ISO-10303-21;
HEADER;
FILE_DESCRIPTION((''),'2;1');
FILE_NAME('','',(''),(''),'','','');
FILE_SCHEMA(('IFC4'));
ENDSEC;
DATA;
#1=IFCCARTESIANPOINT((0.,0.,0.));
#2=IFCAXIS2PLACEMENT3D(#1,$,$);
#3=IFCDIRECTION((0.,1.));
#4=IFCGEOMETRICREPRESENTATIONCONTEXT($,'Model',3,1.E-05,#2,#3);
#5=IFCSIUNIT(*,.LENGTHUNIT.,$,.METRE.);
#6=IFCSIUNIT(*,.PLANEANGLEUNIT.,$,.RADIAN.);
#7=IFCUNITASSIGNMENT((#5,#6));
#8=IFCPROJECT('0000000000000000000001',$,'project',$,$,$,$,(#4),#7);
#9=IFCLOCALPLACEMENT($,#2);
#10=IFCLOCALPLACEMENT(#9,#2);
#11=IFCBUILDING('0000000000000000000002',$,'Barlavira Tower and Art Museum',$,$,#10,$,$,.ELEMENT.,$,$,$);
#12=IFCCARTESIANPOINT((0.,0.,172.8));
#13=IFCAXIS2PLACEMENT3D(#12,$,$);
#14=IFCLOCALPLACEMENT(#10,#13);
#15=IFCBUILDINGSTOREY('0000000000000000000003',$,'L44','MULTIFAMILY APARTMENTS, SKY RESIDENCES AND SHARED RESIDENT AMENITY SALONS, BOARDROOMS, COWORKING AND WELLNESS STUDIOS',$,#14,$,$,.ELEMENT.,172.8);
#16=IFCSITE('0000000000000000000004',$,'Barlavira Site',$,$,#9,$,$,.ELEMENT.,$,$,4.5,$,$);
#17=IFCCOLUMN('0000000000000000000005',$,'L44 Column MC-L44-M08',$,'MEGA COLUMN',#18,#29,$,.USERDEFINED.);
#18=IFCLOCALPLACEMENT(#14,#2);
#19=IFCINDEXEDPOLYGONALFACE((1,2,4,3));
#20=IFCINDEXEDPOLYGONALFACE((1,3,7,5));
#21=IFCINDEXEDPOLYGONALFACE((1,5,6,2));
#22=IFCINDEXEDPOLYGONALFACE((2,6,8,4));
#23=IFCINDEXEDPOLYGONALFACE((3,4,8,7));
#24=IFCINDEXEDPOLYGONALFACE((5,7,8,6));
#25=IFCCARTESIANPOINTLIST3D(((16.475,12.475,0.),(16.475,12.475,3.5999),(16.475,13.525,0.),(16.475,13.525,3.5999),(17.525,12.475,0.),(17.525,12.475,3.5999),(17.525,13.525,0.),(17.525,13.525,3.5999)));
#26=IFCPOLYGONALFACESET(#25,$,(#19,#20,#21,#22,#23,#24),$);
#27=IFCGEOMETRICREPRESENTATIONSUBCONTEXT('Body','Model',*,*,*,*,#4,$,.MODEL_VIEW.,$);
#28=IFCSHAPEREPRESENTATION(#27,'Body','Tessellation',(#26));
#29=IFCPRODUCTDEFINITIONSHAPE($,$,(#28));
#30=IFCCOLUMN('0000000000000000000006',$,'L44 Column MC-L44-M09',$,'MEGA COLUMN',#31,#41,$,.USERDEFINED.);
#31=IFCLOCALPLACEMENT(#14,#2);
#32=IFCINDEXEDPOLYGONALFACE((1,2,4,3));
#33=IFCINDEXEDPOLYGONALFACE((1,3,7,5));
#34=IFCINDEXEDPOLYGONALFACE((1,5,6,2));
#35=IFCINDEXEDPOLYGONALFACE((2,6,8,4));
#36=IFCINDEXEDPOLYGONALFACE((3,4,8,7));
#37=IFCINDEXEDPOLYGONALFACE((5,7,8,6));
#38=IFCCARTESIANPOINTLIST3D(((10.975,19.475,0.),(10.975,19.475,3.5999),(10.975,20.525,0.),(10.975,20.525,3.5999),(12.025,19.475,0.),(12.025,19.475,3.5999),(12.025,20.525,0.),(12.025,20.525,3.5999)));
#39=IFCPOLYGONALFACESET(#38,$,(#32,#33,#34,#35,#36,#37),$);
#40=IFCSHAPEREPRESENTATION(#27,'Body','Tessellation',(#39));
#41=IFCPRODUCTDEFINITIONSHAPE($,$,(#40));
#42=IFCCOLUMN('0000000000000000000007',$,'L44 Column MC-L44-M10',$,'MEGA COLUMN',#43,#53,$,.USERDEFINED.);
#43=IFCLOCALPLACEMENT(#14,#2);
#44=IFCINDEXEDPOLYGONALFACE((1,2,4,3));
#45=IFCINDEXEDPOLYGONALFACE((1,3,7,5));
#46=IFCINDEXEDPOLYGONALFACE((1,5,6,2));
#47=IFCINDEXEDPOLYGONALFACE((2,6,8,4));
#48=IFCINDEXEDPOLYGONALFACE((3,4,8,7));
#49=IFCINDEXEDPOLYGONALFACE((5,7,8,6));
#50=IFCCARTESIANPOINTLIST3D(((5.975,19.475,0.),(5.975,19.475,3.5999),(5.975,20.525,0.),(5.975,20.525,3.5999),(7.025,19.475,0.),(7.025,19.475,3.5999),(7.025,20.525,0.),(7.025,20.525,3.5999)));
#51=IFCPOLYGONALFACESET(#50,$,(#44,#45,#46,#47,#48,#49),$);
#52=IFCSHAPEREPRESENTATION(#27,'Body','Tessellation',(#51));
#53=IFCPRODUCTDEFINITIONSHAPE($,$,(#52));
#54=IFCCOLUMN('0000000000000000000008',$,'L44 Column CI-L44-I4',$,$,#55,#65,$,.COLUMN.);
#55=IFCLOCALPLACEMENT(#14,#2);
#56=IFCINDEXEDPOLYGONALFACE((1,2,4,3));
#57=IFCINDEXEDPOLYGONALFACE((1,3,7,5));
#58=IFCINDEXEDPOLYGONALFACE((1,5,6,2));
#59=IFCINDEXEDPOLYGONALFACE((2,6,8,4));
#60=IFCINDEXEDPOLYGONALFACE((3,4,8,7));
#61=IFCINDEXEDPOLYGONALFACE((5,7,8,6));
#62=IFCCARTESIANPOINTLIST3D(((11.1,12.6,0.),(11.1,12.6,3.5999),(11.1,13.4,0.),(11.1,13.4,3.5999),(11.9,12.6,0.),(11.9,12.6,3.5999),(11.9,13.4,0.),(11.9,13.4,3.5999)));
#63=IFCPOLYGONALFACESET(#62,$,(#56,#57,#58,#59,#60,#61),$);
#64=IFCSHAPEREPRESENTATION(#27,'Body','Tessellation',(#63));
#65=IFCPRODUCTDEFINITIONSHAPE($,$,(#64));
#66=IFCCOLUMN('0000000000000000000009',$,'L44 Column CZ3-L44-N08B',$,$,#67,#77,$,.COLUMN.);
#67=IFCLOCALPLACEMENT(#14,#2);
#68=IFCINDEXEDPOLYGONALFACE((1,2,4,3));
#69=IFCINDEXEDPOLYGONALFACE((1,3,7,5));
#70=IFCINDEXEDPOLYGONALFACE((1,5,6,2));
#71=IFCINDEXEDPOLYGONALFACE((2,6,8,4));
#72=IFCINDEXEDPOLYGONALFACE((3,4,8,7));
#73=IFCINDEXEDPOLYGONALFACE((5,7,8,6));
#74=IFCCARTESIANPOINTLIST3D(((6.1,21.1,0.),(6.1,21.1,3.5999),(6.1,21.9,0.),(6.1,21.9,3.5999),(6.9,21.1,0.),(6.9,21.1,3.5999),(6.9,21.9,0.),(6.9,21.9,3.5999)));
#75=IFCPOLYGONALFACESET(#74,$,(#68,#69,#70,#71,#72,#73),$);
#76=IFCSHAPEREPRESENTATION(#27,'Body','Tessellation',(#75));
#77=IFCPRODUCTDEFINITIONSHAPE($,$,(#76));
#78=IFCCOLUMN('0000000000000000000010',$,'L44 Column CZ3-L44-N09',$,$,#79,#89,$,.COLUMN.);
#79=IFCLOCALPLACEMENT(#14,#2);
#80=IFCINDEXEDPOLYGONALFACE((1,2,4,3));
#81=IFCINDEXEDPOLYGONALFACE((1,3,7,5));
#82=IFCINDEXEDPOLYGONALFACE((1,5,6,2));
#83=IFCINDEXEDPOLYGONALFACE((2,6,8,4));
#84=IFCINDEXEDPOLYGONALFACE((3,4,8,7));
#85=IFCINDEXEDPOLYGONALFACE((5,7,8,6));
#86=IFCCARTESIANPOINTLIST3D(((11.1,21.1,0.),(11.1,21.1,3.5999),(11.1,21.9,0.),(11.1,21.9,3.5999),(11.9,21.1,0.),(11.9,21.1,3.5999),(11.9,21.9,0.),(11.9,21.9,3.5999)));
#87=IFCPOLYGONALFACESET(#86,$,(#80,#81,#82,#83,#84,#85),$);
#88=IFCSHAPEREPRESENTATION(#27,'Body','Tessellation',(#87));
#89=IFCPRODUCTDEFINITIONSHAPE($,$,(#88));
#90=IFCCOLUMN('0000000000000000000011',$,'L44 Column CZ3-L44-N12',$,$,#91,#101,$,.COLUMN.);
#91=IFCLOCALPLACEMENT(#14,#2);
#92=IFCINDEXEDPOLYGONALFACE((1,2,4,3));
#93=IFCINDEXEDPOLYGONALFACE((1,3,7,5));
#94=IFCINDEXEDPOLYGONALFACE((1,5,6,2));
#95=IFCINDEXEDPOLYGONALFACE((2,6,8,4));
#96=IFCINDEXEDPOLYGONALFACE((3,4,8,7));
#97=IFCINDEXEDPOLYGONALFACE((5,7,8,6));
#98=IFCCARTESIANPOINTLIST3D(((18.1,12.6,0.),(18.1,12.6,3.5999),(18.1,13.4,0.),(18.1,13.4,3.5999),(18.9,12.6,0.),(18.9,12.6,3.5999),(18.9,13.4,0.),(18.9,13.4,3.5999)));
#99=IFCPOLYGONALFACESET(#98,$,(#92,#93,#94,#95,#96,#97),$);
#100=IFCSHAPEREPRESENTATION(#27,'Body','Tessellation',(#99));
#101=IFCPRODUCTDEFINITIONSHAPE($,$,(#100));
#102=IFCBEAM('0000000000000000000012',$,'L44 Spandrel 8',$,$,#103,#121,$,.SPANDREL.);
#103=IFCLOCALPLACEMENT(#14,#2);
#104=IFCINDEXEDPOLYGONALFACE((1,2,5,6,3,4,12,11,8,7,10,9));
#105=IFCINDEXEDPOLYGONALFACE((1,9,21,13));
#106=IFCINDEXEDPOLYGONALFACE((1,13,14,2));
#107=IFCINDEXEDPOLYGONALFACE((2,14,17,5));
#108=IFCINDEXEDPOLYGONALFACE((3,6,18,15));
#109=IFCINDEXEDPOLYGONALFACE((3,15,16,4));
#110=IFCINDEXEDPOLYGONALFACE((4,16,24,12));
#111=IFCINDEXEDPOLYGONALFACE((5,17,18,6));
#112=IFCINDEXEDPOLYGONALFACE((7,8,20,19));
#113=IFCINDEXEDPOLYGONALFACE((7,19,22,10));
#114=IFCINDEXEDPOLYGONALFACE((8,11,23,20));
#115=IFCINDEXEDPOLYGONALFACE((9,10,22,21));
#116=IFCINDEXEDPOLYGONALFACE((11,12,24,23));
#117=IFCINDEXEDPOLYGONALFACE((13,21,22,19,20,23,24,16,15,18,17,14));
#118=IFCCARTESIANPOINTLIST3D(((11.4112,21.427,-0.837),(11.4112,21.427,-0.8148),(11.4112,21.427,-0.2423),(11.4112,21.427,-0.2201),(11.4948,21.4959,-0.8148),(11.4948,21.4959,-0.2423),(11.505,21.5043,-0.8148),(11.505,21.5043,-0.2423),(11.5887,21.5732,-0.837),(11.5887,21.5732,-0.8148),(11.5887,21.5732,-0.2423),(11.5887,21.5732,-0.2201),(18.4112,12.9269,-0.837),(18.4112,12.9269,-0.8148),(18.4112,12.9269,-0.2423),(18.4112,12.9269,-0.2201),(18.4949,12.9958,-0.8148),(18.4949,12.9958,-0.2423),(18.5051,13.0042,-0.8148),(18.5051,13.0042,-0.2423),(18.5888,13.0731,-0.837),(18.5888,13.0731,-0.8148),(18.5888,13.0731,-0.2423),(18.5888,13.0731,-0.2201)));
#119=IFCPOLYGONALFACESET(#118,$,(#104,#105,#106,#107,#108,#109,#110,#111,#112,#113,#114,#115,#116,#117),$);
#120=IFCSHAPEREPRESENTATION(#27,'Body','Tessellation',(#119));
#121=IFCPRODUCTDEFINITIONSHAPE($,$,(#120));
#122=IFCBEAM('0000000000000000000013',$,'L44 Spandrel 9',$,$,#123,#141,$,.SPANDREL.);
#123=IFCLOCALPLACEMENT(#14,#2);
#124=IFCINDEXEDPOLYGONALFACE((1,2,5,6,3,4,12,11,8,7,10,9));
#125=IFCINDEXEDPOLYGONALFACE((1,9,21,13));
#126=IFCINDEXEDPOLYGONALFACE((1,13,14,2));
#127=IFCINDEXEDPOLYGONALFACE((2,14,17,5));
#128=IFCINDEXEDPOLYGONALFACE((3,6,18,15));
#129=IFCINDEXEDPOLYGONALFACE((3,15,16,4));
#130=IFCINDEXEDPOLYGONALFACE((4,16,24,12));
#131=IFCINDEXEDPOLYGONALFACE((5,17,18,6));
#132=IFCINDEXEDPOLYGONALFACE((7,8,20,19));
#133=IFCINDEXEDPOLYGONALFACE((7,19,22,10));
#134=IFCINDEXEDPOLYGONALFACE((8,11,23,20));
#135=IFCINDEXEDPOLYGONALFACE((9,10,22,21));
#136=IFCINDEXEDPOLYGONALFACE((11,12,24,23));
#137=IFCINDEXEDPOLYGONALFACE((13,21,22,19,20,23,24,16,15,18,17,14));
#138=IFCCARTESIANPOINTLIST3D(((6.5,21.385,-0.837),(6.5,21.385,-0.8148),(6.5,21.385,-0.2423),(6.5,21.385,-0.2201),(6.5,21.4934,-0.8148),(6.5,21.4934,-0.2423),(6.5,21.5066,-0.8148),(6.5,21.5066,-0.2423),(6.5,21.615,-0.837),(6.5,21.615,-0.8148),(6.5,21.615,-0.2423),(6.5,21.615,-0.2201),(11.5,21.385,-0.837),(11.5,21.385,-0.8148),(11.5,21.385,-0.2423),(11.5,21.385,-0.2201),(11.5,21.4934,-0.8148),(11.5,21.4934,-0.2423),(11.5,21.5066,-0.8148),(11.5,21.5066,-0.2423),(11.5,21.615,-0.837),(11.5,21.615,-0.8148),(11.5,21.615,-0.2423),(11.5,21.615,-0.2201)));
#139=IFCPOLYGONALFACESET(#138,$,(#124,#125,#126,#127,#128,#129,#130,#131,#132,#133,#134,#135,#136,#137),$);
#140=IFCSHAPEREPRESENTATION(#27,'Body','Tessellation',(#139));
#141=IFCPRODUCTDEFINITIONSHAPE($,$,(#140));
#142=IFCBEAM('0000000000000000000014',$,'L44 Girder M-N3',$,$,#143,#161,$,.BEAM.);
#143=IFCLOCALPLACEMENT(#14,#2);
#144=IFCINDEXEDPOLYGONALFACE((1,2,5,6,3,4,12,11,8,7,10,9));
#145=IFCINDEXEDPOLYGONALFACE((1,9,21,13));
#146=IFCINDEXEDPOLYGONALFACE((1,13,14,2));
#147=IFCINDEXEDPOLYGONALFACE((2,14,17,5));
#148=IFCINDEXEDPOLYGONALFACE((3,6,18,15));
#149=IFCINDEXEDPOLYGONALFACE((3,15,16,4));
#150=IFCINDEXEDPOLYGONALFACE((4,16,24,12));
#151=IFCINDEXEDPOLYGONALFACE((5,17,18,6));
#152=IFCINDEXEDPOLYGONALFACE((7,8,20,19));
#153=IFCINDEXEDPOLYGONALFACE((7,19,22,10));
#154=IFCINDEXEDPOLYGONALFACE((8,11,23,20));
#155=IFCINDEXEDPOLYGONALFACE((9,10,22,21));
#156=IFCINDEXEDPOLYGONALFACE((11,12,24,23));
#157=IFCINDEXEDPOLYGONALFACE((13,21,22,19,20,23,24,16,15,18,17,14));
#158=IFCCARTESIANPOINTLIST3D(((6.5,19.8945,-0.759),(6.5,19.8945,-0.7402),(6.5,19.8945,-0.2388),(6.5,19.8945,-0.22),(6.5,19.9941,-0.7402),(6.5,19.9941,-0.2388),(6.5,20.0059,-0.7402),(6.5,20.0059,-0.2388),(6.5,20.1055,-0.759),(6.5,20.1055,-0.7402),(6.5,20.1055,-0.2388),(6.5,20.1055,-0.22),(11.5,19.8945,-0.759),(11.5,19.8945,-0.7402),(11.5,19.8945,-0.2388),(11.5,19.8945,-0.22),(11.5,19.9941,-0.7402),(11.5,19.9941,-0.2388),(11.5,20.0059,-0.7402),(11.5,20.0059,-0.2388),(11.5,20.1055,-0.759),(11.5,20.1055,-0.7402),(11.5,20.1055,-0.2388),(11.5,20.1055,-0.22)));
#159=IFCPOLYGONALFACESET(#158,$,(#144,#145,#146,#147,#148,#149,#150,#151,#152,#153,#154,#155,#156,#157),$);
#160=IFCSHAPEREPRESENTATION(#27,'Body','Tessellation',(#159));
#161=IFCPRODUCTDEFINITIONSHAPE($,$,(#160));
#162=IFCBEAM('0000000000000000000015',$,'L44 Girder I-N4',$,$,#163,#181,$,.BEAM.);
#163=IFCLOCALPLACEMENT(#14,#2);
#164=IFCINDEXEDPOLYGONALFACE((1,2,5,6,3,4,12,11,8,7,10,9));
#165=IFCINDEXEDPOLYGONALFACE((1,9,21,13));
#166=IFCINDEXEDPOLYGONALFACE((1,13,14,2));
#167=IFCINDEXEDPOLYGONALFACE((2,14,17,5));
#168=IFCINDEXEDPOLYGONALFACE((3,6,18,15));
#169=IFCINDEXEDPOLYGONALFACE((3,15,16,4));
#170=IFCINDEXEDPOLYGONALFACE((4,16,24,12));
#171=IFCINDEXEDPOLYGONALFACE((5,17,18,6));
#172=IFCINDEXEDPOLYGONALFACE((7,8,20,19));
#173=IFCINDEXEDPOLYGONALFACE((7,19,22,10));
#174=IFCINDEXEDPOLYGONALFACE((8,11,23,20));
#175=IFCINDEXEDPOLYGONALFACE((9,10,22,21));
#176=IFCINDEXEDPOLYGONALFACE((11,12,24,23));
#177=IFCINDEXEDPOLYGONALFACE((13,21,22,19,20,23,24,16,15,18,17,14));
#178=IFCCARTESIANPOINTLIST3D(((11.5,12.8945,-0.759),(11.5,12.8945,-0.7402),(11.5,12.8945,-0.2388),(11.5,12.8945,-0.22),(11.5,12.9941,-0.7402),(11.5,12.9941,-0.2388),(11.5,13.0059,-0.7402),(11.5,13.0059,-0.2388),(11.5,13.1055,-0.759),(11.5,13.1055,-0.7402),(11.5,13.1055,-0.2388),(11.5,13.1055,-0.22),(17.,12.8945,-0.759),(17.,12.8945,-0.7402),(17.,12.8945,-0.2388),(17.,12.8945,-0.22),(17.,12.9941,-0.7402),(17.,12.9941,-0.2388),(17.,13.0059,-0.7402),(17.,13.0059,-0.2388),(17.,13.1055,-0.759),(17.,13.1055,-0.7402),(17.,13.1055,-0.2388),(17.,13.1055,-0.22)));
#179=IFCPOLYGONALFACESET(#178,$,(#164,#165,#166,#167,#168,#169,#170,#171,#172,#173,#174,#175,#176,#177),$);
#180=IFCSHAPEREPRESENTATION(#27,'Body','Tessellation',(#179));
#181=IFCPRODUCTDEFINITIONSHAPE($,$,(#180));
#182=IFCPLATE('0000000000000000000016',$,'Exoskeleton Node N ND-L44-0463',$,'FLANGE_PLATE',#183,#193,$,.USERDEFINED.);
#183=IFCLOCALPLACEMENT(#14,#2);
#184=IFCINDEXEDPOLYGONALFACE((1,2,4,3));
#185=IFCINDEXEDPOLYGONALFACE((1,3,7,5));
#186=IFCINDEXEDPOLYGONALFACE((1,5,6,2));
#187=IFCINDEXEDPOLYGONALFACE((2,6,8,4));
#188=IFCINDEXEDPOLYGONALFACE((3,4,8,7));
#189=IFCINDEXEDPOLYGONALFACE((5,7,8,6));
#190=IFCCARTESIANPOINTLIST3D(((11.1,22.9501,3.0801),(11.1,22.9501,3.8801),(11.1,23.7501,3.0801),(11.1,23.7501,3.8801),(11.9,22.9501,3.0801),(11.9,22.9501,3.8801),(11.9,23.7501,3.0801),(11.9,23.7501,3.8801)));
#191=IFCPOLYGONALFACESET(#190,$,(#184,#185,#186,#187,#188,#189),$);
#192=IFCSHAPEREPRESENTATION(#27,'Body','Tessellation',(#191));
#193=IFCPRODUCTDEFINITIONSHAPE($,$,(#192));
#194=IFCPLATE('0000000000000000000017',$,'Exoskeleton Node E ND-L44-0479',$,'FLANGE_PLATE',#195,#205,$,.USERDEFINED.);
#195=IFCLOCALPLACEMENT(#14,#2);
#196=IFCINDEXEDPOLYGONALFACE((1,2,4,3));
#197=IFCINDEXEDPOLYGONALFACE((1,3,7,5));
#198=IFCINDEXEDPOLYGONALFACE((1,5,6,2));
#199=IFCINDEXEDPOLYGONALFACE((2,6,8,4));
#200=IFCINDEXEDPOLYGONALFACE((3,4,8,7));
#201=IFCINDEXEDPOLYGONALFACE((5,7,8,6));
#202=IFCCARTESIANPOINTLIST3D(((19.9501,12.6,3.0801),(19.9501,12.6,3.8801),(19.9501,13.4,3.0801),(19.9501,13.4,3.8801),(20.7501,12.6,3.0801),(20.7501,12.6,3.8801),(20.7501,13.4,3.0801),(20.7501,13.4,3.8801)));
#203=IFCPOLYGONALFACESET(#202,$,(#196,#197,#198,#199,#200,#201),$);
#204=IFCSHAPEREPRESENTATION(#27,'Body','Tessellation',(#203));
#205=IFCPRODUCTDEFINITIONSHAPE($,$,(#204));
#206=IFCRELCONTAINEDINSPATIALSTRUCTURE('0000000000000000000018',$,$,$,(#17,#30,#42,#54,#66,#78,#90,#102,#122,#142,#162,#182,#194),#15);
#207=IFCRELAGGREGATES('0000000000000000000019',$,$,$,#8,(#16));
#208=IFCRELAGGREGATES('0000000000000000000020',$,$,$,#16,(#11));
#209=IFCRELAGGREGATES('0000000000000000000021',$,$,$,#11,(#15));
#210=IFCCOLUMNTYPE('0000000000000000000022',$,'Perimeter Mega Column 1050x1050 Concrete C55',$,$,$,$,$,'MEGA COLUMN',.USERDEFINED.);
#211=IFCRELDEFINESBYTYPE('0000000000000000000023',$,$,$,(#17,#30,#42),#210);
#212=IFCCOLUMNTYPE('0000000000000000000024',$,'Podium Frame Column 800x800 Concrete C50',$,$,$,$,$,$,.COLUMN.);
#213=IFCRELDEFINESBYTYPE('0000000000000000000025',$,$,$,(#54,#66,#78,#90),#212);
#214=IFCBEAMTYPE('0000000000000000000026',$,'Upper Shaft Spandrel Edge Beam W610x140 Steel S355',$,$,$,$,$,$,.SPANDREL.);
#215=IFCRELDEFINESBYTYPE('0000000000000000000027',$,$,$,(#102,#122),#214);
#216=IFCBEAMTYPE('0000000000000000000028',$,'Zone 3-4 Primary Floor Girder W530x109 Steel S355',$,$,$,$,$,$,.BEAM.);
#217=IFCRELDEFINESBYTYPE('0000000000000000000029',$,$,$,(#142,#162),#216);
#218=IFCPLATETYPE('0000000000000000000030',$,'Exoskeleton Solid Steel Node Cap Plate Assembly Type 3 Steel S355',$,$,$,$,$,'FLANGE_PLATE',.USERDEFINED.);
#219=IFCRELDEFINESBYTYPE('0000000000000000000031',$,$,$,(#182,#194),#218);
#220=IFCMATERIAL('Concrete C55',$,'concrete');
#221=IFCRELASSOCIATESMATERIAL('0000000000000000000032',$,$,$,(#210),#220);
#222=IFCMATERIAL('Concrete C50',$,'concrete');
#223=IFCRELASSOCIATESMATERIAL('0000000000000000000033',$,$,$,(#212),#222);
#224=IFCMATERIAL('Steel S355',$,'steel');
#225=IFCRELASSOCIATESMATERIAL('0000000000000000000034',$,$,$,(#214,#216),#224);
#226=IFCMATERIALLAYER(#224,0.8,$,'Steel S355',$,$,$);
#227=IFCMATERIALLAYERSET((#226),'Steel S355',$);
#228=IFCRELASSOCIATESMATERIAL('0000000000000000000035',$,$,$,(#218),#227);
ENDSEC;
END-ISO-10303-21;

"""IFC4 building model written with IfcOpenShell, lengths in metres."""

from ifc_helpers import new_model, si_unit, direction, frame, origin, origin_2d, place, context, subcontext, project, spatial, rectangle, i_section, extrude, material, layer, layer_set, material_profile, profile_set, type_object, element, save


model = new_model("IFC4")

# Units and contexts
model_context = context("Model", 3, precision=1e-05, world=origin(), true_north=direction((0.0, 1.0)))
body_context = subcontext(model_context, "Body", "Model", "MODEL_VIEW")
ifc_project = project(units=[si_unit("LENGTHUNIT", "METRE"), si_unit("PLANEANGLEUNIT", "RADIAN")], contexts=[model_context])

# Site, building, storey
site_placement = place(None, origin())
site = spatial("IfcSite", under=ifc_project, at=site_placement, Name="Barlavira Site", CompositionType="ELEMENT", RefElevation=4.5)
building_placement = place(site_placement, origin())
building = spatial("IfcBuilding", under=site, at=building_placement, Name="Barlavira Tower and Art Museum", CompositionType="ELEMENT")
storey_placement = place(building_placement, frame((0.0, 0.0, 172.8)))
storey = spatial("IfcBuildingStorey", under=building, at=storey_placement, Name="L44", Description="MULTIFAMILY APARTMENTS, SKY RESIDENCES AND SHARED RESIDENT AMENITY SALONS, BOARDROOMS, COWORKING AND WELLNESS STUDIOS", CompositionType="ELEMENT", Elevation=172.8)

# Columns
ifc_material_1 = material(Name="Concrete C55", Category="concrete")
ifc_material_profile_1 = material_profile(ifc_material_1, rectangle(XDim=1.05, YDim=1.05, at=origin_2d()), Name="RC-COL 1050x1050")
ifc_profile_set_1 = profile_set([ifc_material_profile_1], Name="Concrete C55")
column_type_1 = type_object("IfcColumnType", Name="Perimeter Mega Column 1050x1050 Concrete C55", ElementType="MEGA COLUMN", PredefinedType="USERDEFINED", material=ifc_profile_set_1)
for number, where, z_axis, x_axis, name in (
    (1, (17.0, 13.0, 0.0), (0.0, 0.0, 1.0), (1.0, 0.0, 0.0), "L44 Column MC-L44-M08"),
    (2, (11.5, 20.0, 0.0), (0.0, 0.0, 1.0), (1.0, 0.0, 0.0), "L44 Column MC-L44-M09"),
    (3, (6.5, 20.0, 0.0), (0.0, 0.0, 1.0), (1.0, 0.0, 0.0), "L44 Column MC-L44-M10"),
):
    element("IfcColumn", number, at=place(storey_placement, frame(where, z_axis=z_axis, x_axis=x_axis)), inside=storey, type_object=column_type_1, Name=name, ObjectType="MEGA COLUMN", PredefinedType="USERDEFINED", context=body_context, shape_type="SweptSolid", body=[
        extrude(rectangle(XDim=1.05, YDim=1.05, at=origin_2d()), origin(), (0.0, 0.0, 1.0), 3.5999),
    ])
ifc_material_2 = material(Name="Concrete C50", Category="concrete")
ifc_material_profile_2 = material_profile(ifc_material_2, rectangle(XDim=0.8, YDim=0.8, at=origin_2d()), Name="RC-COL 800x800")
ifc_profile_set_2 = profile_set([ifc_material_profile_2], Name="Concrete C50")
column_type_2 = type_object("IfcColumnType", Name="Podium Frame Column 800x800 Concrete C50", PredefinedType="COLUMN", material=ifc_profile_set_2)
for number, where, z_axis, x_axis, name in (
    (4, (11.5, 13.0, 0.0), (0.0, 0.0, 1.0), (1.0, 0.0, 0.0), "L44 Column CI-L44-I4"),
    (5, (6.5, 21.5, 0.0), (0.0, 0.0, 1.0), (1.0, 0.0, 0.0), "L44 Column CZ3-L44-N08B"),
    (6, (11.5, 21.5, 0.0), (0.0, 0.0, 1.0), (1.0, 0.0, 0.0), "L44 Column CZ3-L44-N09"),
    (7, (18.5, 13.0, 0.0), (0.0, 0.0, 1.0), (1.0, 0.0, 0.0), "L44 Column CZ3-L44-N12"),
):
    element("IfcColumn", number, at=place(storey_placement, frame(where, z_axis=z_axis, x_axis=x_axis)), inside=storey, type_object=column_type_2, Name=name, PredefinedType="COLUMN", context=body_context, shape_type="SweptSolid", body=[
        extrude(rectangle(XDim=0.8, YDim=0.8, at=origin_2d()), origin(), (0.0, 0.0, 1.0), 3.5999),
    ])

# Beams
ifc_material_3 = material(Name="Steel S355", Category="steel")
ifc_material_profile_3 = material_profile(ifc_material_3, i_section(OverallWidth=0.23, OverallDepth=0.6169, WebThickness=0.0132, FlangeThickness=0.0222, at=origin_2d()), Name="W610x140.0")
ifc_profile_set_3 = profile_set([ifc_material_profile_3], Name="Steel S355")
beam_type_1 = type_object("IfcBeamType", Name="Upper Shaft Spandrel Edge Beam W610x140 Steel S355", PredefinedType="SPANDREL", material=ifc_profile_set_3)
beam_1_placement = place(storey_placement, frame((18.5, 13.0, -0.5286), z_axis=(-0.635707, 0.77193, 0.0), x_axis=(-0.77193, -0.635707, 0.0)))
element("IfcBeam", 8, at=beam_1_placement, inside=storey, type_object=beam_type_1, Name="L44 Spandrel 8", PredefinedType="SPANDREL", context=body_context, shape_type="SweptSolid", body=[
    extrude(i_section(OverallWidth=0.23, OverallDepth=0.6169, WebThickness=0.0132, FlangeThickness=0.0222, at=origin_2d()), origin(), (0.0, 0.0, 1.0), 11.0115),
])
beam_2_placement = place(storey_placement, frame((6.5, 21.5, -0.5286), z_axis=(1.0, 0.0, 0.0), x_axis=(0.0, 1.0, 0.0)))
element("IfcBeam", 9, at=beam_2_placement, inside=storey, type_object=beam_type_1, Name="L44 Spandrel 9", PredefinedType="SPANDREL", context=body_context, shape_type="SweptSolid", body=[
    extrude(i_section(OverallWidth=0.23, OverallDepth=0.6169, WebThickness=0.0132, FlangeThickness=0.0222, at=origin_2d()), origin(), (0.0, 0.0, 1.0), 5.0),
])
ifc_material_profile_4 = material_profile(ifc_material_3, i_section(OverallWidth=0.2109, OverallDepth=0.5391, WebThickness=0.0117, FlangeThickness=0.0188, at=origin_2d()), Name="W530x109.0")
ifc_profile_set_4 = profile_set([ifc_material_profile_4], Name="Steel S355")
beam_type_2 = type_object("IfcBeamType", Name="Zone 3-4 Primary Floor Girder W530x109 Steel S355", PredefinedType="BEAM", material=ifc_profile_set_4)
beam_3_placement = place(storey_placement, frame((6.5, 20.0, -0.4895), z_axis=(1.0, 0.0, 0.0), x_axis=(0.0, 1.0, 0.0)))
element("IfcBeam", 10, at=beam_3_placement, inside=storey, type_object=beam_type_2, Name="L44 Girder M-N3", PredefinedType="BEAM", context=body_context, shape_type="SweptSolid", body=[
    extrude(i_section(OverallWidth=0.2109, OverallDepth=0.5391, WebThickness=0.0117, FlangeThickness=0.0188, at=origin_2d()), origin(), (0.0, 0.0, 1.0), 5.0),
])
beam_4_placement = place(storey_placement, frame((11.5, 13.0, -0.4895), z_axis=(1.0, 0.0, 0.0), x_axis=(0.0, 1.0, 0.0)))
element("IfcBeam", 11, at=beam_4_placement, inside=storey, type_object=beam_type_2, Name="L44 Girder I-N4", PredefinedType="BEAM", context=body_context, shape_type="SweptSolid", body=[
    extrude(i_section(OverallWidth=0.2109, OverallDepth=0.5391, WebThickness=0.0117, FlangeThickness=0.0188, at=origin_2d()), origin(), (0.0, 0.0, 1.0), 5.5),
])

# Plates
ifc_layer_1 = layer(ifc_material_3, 0.8, Name="Steel S355")
ifc_layer_set_1 = layer_set([ifc_layer_1], Name="Steel S355")
plate_type = type_object("IfcPlateType", Name="Exoskeleton Solid Steel Node Cap Plate Assembly Type 3 Steel S355", ElementType="FLANGE_PLATE", PredefinedType="USERDEFINED", material=ifc_layer_set_1)
for number, where, z_axis, x_axis, name in (
    (12, (11.5, 23.3501, 3.0801), (0.0, 0.0, 1.0), (1.0, 0.0, 0.0), "Exoskeleton Node N ND-L44-0463"),
    (13, (20.3501, 13.0, 3.0801), (0.0, 0.0, 1.0), (1.0, 0.0, 0.0), "Exoskeleton Node E ND-L44-0479"),
):
    element("IfcPlate", number, at=place(storey_placement, frame(where, z_axis=z_axis, x_axis=x_axis)), inside=storey, type_object=plate_type, Name=name, ObjectType="FLANGE_PLATE", PredefinedType="USERDEFINED", context=body_context, shape_type="SweptSolid", body=[
        extrude(rectangle(XDim=0.8, YDim=0.8, at=origin_2d()), origin(), (0.0, 0.0, 1.0), 0.8),
    ])

save(model, "model.ifc")
